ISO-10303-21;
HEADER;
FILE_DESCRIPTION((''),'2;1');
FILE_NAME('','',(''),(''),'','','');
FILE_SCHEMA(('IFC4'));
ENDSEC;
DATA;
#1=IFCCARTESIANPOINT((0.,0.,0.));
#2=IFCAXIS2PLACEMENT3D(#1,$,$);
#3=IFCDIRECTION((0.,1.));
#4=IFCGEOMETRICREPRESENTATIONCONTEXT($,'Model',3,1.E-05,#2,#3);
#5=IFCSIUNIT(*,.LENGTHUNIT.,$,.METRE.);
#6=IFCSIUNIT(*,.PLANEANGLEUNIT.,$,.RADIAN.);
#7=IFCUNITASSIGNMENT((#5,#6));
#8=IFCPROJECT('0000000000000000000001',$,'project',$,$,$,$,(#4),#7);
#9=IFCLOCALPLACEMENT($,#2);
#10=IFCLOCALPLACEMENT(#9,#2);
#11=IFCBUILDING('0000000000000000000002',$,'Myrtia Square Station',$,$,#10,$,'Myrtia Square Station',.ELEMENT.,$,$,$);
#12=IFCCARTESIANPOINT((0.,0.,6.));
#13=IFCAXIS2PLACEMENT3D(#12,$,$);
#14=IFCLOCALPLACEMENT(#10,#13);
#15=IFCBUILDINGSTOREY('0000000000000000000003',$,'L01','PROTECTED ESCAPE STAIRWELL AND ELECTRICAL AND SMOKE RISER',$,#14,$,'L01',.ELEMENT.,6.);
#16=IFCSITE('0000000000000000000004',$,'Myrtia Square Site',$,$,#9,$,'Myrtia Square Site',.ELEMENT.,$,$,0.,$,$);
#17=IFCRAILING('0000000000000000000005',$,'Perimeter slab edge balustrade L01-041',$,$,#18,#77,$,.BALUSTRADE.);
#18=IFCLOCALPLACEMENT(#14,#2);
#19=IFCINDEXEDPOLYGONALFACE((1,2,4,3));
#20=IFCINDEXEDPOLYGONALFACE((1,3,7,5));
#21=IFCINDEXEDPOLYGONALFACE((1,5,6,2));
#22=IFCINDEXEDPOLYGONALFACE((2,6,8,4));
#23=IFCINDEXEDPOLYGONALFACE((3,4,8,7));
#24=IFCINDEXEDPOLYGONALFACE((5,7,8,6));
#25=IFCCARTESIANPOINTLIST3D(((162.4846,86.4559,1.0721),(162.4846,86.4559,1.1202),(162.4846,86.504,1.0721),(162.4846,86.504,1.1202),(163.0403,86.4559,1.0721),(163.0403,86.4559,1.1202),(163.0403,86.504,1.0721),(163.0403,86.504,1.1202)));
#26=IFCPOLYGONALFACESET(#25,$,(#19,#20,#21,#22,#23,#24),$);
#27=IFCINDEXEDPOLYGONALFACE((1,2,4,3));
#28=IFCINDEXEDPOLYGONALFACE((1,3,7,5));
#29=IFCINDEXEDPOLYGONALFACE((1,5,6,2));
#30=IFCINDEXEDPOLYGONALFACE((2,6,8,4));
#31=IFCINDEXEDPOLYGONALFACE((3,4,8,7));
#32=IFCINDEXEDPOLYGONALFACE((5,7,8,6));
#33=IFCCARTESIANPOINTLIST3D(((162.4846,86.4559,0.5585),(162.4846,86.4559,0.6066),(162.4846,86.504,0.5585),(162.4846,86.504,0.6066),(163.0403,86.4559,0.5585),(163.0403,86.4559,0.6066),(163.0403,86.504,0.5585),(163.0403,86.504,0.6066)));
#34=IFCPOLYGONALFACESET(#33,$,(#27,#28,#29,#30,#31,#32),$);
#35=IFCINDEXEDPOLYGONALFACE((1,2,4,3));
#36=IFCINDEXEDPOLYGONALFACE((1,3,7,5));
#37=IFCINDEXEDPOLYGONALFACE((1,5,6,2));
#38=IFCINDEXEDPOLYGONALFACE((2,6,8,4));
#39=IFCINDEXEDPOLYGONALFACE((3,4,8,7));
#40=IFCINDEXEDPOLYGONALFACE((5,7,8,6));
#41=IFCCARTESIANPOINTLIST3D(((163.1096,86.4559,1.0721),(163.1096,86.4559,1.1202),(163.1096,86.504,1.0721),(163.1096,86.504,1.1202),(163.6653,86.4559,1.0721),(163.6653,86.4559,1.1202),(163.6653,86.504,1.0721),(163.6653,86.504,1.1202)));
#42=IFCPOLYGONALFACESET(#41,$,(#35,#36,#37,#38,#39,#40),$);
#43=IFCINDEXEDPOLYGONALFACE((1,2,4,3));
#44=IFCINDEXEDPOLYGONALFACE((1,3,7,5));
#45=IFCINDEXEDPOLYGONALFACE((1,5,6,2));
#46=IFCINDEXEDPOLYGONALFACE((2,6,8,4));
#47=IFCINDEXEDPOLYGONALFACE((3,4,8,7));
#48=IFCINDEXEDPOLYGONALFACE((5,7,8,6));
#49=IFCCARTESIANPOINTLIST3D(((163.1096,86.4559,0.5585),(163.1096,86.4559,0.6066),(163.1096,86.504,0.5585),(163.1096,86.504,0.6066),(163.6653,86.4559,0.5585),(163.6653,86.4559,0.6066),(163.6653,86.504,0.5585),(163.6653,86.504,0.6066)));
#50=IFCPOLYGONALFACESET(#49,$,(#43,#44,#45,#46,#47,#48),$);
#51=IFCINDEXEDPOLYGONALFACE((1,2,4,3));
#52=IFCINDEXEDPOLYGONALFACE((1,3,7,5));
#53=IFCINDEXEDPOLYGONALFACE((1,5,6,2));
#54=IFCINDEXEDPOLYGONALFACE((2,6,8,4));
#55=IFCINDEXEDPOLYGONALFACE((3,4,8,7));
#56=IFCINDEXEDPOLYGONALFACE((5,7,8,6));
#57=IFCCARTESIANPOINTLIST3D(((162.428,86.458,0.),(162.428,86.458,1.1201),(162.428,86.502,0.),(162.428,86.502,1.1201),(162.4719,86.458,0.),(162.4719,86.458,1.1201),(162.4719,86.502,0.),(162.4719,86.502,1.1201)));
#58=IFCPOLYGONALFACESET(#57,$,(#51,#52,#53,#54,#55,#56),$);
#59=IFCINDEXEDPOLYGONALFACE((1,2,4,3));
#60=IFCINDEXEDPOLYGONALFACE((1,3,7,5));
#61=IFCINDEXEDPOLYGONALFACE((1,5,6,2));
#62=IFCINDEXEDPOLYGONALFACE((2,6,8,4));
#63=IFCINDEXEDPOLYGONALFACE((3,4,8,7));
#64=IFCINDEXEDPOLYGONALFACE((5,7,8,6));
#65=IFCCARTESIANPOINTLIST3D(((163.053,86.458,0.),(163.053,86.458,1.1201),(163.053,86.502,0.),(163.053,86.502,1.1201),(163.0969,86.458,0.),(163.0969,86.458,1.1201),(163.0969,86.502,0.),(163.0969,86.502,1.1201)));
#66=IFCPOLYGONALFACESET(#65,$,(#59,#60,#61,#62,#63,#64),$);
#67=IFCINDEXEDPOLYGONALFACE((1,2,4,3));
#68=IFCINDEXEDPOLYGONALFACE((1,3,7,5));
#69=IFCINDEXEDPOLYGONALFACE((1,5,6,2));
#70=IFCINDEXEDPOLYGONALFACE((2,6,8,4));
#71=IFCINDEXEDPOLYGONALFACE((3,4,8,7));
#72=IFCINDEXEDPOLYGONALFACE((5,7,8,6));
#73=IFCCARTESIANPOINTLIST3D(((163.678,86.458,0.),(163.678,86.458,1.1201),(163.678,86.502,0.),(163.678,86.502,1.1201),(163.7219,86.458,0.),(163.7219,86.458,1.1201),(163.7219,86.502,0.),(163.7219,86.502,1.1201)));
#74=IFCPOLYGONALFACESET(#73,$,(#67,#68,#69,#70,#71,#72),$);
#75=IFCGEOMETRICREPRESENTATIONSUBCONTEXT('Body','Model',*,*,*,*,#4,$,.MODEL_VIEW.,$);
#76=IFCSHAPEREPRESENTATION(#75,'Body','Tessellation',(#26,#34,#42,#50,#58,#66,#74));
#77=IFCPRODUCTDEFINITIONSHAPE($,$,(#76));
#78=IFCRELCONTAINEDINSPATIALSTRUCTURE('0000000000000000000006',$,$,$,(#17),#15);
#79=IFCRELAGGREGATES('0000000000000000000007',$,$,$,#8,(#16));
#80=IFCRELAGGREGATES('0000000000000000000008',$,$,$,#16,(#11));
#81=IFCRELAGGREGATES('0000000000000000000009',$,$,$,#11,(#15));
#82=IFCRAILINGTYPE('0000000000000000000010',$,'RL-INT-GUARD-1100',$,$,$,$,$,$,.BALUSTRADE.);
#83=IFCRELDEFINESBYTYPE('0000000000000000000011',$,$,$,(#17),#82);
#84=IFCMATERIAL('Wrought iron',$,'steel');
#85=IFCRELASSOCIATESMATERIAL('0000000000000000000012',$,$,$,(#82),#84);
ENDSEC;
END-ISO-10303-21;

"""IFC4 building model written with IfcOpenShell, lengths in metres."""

from ifc_helpers import new_model, si_unit, direction, frame, origin, origin_2d, place, context, subcontext, project, spatial, rectangle, extrude, material, type_object, element, save


model = new_model("IFC4")

# Units and contexts
model_context = context("Model", 3, precision=1e-05, world=origin(), true_north=direction((0.0, 1.0)))
body_context = subcontext(model_context, "Body", "Model", "MODEL_VIEW")
ifc_project = project(units=[si_unit("LENGTHUNIT", "METRE"), si_unit("PLANEANGLEUNIT", "RADIAN")], contexts=[model_context])

# Site, building, storey
site_placement = place(None, origin())
site = spatial("IfcSite", under=ifc_project, at=site_placement, Name="Myrtia Square Site", LongName="Myrtia Square Site", CompositionType="ELEMENT", RefElevation=0.0)
building_placement = place(site_placement, origin())
building = spatial("IfcBuilding", under=site, at=building_placement, Name="Myrtia Square Station", LongName="Myrtia Square Station", CompositionType="ELEMENT")
storey_placement = place(building_placement, frame((0.0, 0.0, 6.0)))
storey = spatial("IfcBuildingStorey", under=building, at=storey_placement, Name="L01", Description="PROTECTED ESCAPE STAIRWELL AND ELECTRICAL AND SMOKE RISER", LongName="L01", CompositionType="ELEMENT", Elevation=6.0)

# Railing
ifc_material_1 = material(Name="Wrought iron", Category="steel")
railing_type = type_object("IfcRailingType", Name="RL-INT-GUARD-1100", PredefinedType="BALUSTRADE", material=ifc_material_1)
railing_placement = place(storey_placement, frame((162.45, 86.48, 0.0)))
element("IfcRailing", 1, at=railing_placement, inside=storey, type_object=railing_type, Name="Perimeter slab edge balustrade L01-041", PredefinedType="BALUSTRADE", context=body_context, shape_type="SweptSolid", body=[
    extrude(rectangle(XDim=0.0481, YDim=0.0481, at=origin_2d()), frame((0.0347, 0.0, 1.0962), z_axis=(1.0, 0.0, 0.0), x_axis=(0.0, 1.0, 0.0)), (0.0, 0.0, 1.0), 0.5557),
    extrude(rectangle(XDim=0.0481, YDim=0.0481, at=origin_2d()), frame((0.0347, 0.0, 0.5825), z_axis=(1.0, 0.0, 0.0), x_axis=(0.0, 1.0, 0.0)), (0.0, 0.0, 1.0), 0.5557),
    extrude(rectangle(XDim=0.0481, YDim=0.0481, at=origin_2d()), frame((0.6597, 0.0, 1.0962), z_axis=(1.0, 0.0, 0.0), x_axis=(0.0, 1.0, 0.0)), (0.0, 0.0, 1.0), 0.5557),
    extrude(rectangle(XDim=0.0481, YDim=0.0481, at=origin_2d()), frame((0.6597, 0.0, 0.5825), z_axis=(1.0, 0.0, 0.0), x_axis=(0.0, 1.0, 0.0)), (0.0, 0.0, 1.0), 0.5557),
    extrude(rectangle(XDim=0.0439, YDim=0.0439, at=origin_2d()), origin(), (0.0, 0.0, 1.0), 1.1201),
    extrude(rectangle(XDim=0.0439, YDim=0.0439, at=origin_2d()), frame((0.625, 0.0, 0.0)), (0.0, 0.0, 1.0), 1.1201),
    extrude(rectangle(XDim=0.0439, YDim=0.0439, at=origin_2d()), frame((1.25, 0.0, 0.0)), (0.0, 0.0, 1.0), 1.1201),
])

save(model, "model.ifc")
